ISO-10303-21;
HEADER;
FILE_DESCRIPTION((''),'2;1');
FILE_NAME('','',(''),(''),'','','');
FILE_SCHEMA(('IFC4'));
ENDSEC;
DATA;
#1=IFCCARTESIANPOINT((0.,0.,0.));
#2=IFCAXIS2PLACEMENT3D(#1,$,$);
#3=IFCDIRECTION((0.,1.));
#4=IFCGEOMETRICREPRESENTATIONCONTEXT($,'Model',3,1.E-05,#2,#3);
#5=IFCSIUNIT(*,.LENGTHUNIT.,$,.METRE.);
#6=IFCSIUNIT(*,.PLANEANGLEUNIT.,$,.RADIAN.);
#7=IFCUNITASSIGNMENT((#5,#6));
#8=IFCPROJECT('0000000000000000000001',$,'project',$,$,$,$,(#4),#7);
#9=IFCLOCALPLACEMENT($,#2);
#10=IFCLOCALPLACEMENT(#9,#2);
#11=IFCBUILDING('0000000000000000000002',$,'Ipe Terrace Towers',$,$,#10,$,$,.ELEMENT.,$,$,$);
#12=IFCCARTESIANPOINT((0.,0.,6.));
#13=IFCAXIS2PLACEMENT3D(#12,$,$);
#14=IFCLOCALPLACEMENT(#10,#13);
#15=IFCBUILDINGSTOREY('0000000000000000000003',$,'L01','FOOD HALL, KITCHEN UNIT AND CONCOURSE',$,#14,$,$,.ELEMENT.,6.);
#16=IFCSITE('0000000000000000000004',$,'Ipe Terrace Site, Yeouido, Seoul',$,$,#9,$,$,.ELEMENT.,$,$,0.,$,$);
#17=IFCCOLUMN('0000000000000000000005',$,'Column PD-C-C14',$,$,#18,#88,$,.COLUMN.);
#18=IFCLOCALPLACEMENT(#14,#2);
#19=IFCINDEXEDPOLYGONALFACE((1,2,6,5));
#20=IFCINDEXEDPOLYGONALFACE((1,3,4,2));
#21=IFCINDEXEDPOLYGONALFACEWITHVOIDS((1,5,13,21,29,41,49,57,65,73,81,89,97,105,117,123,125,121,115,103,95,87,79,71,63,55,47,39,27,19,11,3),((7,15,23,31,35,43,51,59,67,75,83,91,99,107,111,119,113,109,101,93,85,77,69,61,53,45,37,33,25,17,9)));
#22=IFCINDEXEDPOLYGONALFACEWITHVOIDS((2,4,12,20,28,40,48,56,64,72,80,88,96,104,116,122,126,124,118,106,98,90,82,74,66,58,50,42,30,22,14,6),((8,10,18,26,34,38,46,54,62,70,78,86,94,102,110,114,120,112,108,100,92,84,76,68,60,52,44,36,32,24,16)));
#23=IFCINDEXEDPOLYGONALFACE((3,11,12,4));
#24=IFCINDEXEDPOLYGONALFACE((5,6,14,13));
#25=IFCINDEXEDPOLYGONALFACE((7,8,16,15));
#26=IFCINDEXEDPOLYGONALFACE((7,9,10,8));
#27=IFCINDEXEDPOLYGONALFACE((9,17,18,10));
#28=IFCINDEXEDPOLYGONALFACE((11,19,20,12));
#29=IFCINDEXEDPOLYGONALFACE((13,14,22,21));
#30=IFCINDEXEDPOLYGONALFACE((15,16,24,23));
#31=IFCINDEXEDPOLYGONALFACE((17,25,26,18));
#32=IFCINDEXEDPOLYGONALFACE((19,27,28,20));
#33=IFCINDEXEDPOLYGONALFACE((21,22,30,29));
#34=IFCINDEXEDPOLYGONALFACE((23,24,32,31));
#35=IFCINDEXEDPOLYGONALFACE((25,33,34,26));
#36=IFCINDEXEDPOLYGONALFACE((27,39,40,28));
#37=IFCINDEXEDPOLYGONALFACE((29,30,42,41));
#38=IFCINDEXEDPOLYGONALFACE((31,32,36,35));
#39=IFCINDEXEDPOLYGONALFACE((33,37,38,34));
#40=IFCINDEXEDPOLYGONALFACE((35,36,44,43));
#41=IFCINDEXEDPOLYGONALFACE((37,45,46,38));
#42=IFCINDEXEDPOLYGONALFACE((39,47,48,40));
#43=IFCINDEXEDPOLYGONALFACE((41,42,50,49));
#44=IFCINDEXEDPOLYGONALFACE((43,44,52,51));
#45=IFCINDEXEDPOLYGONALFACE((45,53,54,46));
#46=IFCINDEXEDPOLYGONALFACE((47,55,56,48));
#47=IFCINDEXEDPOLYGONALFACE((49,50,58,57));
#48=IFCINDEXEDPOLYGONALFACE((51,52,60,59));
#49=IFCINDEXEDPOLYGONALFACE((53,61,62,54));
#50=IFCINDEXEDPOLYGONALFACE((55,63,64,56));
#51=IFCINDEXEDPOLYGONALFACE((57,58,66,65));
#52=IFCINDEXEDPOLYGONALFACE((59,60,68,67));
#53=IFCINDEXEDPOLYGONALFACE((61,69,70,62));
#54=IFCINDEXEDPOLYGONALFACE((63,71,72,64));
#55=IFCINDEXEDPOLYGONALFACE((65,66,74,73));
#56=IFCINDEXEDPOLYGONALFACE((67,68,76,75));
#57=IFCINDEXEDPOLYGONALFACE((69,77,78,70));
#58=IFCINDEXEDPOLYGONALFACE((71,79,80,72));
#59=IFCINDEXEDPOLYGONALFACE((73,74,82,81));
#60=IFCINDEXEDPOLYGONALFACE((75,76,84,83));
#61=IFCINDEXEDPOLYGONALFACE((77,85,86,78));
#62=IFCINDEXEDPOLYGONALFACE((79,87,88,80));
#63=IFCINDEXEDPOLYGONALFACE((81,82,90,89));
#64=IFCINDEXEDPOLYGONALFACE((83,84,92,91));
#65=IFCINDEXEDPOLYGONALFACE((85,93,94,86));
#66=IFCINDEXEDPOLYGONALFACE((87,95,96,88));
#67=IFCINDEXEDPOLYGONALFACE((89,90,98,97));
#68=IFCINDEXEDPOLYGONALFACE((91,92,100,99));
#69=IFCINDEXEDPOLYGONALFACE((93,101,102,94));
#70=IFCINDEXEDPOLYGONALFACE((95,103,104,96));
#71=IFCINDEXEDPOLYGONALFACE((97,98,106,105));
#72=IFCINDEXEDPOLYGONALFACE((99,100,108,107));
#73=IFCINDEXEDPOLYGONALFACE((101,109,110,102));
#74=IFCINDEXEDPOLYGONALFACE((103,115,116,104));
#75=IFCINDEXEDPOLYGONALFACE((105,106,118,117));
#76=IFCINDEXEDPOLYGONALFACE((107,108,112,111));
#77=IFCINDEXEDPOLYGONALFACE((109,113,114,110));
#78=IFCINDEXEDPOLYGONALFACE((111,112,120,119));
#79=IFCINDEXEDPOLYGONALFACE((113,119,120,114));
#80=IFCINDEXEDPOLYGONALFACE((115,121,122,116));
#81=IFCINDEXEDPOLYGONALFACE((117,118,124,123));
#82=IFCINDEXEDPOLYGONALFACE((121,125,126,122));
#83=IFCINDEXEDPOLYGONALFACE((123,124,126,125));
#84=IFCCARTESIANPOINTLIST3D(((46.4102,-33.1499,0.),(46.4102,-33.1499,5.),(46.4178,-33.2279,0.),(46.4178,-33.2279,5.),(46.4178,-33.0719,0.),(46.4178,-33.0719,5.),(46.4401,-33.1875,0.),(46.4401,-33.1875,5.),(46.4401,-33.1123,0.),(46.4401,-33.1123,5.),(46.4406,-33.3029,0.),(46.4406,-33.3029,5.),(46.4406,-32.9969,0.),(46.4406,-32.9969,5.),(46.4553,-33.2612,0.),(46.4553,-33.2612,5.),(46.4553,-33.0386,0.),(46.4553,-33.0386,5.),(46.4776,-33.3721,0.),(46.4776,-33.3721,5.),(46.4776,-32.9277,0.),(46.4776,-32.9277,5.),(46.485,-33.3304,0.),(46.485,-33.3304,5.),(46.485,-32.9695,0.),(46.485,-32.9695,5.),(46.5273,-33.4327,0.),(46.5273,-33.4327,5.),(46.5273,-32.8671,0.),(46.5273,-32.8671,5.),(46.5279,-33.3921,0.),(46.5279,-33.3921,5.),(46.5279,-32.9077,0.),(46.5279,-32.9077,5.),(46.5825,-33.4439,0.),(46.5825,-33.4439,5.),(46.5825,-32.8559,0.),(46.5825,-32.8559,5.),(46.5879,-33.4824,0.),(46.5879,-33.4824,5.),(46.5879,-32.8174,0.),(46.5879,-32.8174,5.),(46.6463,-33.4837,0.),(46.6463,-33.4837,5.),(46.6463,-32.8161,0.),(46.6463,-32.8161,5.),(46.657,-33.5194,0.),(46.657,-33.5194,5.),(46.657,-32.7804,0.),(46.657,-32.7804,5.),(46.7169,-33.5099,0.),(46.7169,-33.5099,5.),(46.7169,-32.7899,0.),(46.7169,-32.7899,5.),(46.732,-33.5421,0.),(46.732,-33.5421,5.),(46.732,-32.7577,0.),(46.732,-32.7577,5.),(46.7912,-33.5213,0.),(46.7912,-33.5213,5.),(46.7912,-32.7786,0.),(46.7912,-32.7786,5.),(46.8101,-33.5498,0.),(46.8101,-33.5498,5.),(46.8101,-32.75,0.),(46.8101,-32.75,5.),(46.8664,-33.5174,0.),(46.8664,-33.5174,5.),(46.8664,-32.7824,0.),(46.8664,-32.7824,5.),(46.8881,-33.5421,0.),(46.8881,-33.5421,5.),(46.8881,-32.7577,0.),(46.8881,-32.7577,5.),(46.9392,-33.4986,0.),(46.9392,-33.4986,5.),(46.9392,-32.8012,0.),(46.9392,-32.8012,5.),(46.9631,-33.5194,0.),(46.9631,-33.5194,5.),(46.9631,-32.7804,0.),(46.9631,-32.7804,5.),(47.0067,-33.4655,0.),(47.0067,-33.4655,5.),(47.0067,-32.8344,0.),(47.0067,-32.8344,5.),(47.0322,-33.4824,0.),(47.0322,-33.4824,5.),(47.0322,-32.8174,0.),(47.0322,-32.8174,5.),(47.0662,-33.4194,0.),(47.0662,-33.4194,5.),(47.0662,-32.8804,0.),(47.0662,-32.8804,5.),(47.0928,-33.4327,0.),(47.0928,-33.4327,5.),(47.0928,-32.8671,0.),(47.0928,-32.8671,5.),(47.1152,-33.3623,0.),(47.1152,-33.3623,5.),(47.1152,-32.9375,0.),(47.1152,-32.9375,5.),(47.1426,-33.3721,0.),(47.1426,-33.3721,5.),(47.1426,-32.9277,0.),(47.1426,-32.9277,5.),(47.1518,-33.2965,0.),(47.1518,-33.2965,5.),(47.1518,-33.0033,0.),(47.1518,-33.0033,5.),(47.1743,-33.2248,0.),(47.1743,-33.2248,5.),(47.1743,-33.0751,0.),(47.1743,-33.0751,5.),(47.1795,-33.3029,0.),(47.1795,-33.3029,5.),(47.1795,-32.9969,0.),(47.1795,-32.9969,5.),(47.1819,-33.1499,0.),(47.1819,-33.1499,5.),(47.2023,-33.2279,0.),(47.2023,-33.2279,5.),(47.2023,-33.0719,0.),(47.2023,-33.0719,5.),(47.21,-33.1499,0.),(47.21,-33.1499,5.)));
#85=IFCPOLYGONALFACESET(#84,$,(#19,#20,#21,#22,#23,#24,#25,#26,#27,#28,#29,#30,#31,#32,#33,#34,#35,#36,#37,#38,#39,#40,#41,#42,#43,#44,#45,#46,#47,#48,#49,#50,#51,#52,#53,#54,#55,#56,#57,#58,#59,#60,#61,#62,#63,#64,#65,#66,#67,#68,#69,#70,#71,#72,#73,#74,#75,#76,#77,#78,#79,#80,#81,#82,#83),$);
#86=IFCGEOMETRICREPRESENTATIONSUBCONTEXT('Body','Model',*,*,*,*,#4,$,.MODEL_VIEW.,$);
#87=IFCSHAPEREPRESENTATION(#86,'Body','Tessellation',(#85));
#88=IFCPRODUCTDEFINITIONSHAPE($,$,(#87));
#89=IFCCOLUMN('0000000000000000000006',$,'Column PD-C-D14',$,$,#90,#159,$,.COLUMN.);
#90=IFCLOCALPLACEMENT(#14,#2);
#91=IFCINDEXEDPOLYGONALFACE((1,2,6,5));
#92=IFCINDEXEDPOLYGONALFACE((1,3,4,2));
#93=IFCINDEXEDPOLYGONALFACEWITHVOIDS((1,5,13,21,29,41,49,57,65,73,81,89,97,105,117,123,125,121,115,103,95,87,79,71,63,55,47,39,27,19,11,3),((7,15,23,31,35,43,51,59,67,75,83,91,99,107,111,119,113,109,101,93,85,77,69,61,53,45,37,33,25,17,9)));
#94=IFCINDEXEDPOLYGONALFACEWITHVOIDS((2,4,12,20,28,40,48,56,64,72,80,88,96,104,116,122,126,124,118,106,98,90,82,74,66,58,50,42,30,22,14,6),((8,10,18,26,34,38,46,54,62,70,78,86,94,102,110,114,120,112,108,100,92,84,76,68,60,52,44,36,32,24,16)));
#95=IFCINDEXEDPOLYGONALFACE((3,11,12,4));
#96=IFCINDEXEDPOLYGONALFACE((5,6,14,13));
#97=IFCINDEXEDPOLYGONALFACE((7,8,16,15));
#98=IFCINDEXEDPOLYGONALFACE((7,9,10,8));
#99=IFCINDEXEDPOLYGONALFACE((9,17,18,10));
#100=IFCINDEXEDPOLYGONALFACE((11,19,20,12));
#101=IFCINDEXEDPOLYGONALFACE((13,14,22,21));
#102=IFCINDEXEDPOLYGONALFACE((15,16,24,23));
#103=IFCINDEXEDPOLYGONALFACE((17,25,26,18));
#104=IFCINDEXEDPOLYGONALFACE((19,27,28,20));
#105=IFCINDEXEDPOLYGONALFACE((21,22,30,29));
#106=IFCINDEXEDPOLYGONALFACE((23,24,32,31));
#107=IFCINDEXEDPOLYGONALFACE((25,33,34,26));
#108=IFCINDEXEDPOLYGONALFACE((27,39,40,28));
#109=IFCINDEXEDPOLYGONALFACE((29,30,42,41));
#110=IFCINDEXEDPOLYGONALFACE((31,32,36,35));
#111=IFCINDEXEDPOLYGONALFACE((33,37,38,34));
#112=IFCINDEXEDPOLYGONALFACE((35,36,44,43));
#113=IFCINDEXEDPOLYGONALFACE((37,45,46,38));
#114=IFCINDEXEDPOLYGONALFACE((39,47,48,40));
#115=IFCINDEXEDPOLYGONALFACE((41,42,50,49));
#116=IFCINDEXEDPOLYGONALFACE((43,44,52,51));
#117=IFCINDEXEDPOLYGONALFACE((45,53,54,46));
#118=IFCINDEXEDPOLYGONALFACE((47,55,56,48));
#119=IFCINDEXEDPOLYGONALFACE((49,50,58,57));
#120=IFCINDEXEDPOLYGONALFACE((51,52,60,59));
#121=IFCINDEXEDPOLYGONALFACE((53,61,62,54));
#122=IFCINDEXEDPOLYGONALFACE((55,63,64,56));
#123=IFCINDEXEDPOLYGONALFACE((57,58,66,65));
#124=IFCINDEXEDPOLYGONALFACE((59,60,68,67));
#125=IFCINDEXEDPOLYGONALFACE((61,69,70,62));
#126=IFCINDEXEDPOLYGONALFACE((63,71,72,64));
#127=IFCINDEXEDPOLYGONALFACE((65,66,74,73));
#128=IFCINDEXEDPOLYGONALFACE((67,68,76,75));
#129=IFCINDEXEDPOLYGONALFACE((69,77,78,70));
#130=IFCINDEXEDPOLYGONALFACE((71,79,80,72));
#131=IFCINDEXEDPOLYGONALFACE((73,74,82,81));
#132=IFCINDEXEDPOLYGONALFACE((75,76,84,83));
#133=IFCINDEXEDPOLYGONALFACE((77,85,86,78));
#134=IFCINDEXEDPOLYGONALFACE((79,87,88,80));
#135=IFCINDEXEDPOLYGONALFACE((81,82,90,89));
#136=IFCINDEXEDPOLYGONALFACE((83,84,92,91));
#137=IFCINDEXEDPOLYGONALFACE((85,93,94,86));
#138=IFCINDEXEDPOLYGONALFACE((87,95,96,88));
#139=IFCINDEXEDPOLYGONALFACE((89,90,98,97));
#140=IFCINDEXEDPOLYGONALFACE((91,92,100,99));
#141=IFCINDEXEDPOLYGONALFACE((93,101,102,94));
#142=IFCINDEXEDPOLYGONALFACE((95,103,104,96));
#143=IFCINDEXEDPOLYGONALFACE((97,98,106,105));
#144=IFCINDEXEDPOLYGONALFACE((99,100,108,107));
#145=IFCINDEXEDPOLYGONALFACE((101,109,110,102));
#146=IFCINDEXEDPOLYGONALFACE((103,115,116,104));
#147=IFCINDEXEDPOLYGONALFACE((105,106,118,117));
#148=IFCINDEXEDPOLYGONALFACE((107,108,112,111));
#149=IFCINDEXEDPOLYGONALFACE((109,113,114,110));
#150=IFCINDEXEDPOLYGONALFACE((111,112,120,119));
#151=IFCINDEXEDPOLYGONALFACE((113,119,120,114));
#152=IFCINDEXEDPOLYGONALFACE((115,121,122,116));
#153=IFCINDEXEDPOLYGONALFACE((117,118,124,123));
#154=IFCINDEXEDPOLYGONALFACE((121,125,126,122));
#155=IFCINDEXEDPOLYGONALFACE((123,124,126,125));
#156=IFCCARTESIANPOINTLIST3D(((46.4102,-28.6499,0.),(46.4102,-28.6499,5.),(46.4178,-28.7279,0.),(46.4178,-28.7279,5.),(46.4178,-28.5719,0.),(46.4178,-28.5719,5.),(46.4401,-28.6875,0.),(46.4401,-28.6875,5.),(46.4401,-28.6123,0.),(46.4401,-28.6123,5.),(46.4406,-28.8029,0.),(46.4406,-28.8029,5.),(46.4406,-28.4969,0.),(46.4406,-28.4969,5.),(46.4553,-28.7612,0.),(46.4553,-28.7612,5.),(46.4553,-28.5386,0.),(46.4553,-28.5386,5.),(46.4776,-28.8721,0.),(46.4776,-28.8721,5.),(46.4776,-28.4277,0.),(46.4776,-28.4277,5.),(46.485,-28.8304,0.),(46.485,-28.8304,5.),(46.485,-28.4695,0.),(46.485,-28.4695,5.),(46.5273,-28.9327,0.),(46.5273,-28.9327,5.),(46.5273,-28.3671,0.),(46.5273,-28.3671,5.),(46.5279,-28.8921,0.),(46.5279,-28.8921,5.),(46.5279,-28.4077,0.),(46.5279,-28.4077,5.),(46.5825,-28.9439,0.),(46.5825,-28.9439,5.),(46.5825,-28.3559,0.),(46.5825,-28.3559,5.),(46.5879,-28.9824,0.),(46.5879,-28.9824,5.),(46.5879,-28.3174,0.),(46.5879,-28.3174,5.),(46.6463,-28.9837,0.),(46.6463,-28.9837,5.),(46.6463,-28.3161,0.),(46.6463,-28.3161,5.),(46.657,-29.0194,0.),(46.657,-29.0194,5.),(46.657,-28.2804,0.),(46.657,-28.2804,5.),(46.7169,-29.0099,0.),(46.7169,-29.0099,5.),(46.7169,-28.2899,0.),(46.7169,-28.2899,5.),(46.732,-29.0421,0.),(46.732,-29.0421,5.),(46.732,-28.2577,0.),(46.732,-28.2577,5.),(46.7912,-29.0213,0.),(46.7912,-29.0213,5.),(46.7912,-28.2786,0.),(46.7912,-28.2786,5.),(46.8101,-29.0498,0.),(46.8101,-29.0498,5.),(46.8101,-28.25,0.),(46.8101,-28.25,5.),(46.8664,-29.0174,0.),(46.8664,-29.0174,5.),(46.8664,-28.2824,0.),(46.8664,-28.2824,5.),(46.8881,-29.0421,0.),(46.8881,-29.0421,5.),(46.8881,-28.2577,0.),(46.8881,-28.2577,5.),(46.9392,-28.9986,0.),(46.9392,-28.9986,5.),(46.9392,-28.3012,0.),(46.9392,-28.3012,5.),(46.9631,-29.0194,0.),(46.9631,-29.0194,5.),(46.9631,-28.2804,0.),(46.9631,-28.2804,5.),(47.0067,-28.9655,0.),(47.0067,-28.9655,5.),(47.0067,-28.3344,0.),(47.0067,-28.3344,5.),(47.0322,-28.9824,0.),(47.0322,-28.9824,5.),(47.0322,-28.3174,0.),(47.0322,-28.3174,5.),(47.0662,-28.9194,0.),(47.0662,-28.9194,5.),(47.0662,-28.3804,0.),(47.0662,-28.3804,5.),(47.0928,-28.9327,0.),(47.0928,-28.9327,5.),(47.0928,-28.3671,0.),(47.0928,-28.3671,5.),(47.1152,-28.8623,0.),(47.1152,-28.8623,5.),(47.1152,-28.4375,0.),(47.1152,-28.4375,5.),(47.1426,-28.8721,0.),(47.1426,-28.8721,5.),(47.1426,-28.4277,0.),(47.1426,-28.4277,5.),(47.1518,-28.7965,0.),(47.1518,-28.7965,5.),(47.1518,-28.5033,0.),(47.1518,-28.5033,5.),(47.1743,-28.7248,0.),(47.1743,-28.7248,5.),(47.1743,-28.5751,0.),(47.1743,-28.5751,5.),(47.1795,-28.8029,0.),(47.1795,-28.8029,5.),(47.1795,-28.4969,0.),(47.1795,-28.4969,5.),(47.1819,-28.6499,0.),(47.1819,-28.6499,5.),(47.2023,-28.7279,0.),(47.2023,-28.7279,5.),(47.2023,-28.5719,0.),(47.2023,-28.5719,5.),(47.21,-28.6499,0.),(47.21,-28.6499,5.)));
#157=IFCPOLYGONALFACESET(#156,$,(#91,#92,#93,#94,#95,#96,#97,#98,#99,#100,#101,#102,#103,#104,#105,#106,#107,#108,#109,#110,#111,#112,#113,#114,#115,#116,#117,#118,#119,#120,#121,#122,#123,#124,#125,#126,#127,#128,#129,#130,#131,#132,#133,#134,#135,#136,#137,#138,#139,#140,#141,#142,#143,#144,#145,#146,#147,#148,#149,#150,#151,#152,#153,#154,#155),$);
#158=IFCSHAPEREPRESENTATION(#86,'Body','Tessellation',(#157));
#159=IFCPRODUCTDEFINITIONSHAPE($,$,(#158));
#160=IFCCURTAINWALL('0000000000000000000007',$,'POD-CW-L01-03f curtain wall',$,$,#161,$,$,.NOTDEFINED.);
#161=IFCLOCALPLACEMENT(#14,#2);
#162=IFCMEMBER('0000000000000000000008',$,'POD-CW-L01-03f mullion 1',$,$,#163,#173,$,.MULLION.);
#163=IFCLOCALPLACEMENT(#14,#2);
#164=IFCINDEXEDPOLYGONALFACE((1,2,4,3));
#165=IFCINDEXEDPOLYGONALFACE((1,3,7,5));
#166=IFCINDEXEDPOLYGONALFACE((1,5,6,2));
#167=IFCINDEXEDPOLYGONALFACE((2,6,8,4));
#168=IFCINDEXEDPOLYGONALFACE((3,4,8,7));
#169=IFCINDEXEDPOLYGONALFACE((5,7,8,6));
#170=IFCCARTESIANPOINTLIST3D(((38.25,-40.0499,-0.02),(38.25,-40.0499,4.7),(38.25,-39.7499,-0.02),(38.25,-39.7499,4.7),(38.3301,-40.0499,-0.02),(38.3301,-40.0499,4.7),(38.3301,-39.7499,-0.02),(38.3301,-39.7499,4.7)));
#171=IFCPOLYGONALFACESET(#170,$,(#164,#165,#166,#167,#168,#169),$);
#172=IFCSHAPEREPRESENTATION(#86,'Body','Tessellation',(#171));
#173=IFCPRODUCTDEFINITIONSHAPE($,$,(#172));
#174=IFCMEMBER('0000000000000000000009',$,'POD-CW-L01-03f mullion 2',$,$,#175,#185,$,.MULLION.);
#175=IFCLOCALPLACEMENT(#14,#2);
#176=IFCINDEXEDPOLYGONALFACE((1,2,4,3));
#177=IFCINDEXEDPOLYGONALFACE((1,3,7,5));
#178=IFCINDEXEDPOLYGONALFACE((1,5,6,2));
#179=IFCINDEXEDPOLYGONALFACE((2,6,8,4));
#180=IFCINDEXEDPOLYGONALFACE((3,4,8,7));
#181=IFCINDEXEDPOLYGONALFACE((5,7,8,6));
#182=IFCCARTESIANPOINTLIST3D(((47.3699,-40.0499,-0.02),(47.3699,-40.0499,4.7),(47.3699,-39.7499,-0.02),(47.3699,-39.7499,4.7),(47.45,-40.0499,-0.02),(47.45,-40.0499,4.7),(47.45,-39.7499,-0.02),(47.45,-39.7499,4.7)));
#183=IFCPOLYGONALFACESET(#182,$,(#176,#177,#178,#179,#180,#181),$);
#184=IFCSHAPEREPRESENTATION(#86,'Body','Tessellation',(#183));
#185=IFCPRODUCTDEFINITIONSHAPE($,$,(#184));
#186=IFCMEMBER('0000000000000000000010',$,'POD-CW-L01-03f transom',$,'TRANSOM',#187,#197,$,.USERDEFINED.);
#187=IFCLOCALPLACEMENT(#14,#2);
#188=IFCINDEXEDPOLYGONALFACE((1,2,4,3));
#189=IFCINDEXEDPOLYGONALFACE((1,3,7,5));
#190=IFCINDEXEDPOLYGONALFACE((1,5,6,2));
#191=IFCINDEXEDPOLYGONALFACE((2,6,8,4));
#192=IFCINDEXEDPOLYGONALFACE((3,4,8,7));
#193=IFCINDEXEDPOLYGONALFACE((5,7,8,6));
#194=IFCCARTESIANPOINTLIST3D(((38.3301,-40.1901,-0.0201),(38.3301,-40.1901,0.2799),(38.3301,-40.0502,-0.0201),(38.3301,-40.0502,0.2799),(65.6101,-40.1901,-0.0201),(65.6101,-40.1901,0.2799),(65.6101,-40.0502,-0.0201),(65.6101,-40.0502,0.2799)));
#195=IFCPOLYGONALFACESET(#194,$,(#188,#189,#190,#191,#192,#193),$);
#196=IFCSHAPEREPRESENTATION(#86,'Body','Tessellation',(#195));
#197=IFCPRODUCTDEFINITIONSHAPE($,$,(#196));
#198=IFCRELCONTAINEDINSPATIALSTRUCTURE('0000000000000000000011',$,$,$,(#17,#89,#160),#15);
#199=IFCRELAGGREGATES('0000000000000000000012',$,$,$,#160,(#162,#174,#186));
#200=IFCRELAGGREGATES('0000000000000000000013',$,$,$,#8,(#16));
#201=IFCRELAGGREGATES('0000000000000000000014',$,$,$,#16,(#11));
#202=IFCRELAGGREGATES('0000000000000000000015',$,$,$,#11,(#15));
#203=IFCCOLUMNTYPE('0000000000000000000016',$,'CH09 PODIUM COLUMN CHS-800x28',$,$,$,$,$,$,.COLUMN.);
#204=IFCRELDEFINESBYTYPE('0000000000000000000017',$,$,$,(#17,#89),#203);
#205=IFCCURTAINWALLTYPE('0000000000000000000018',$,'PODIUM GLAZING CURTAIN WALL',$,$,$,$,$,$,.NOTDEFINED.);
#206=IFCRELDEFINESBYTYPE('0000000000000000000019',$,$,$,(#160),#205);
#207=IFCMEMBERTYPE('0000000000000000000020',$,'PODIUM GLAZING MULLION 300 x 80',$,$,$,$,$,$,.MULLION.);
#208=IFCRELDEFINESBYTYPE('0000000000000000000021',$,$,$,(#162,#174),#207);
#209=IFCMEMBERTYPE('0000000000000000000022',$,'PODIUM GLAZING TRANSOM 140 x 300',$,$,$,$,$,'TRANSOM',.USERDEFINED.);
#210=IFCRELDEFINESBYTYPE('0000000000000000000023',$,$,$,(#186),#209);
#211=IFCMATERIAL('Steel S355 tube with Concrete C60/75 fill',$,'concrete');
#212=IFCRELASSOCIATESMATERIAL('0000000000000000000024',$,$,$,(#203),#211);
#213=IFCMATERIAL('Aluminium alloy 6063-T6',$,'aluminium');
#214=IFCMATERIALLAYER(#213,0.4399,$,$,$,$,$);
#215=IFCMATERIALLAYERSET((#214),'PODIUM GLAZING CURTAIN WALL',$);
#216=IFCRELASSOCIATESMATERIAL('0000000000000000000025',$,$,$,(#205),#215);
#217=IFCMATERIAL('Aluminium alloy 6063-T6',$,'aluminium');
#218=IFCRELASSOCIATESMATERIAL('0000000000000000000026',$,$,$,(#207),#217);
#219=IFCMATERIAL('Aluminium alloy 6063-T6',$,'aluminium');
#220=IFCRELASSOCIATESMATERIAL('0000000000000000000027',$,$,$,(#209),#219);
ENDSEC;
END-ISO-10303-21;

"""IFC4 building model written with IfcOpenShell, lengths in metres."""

from ifc_helpers import new_model, si_unit, direction, frame, origin, origin_2d, place, context, subcontext, project, spatial, rectangle, hollow_circle, extrude, material, layer, layer_set, material_profile, profile_set, type_object, element, aggregate, save


model = new_model("IFC4")

# Units and contexts
model_context = context("Model", 3, precision=1e-05, world=origin(), true_north=direction((0.0, 1.0)))
body_context = subcontext(model_context, "Body", "Model", "MODEL_VIEW")
ifc_project = project(units=[si_unit("LENGTHUNIT", "METRE"), si_unit("PLANEANGLEUNIT", "RADIAN")], contexts=[model_context])

# Site, building, storey
site_placement = place(None, origin())
site = spatial("IfcSite", under=ifc_project, at=site_placement, Name="Ipe Terrace Site, Yeouido, Seoul", CompositionType="ELEMENT", RefElevation=0.0)
building_placement = place(site_placement, origin())
building = spatial("IfcBuilding", under=site, at=building_placement, Name="Ipe Terrace Towers", CompositionType="ELEMENT")
storey_placement = place(building_placement, frame((0.0, 0.0, 6.0)))
storey = spatial("IfcBuildingStorey", under=building, at=storey_placement, Name="L01", Description="FOOD HALL, KITCHEN UNIT AND CONCOURSE", CompositionType="ELEMENT", Elevation=6.0)

# Columns
ifc_material_1 = material(Name="Steel S355 tube with Concrete C60/75 fill", Category="concrete")
ifc_material_profile_1 = material_profile(ifc_material_1, hollow_circle(Radius=0.3999, WallThickness=0.0281, at=origin_2d()), Name="CHS-800x28")
ifc_profile_set_1 = profile_set([ifc_material_profile_1], Name="Steel S355 tube with Concrete C60/75 fill")
column_type_1 = type_object("IfcColumnType", Name="CH09 PODIUM COLUMN CHS-800x28", PredefinedType="COLUMN", material=ifc_profile_set_1)
for number, where, z_axis, x_axis, name in (
    (1, (46.8101, -33.1499, 0.0), (0.0, 0.0, 1.0), (1.0, 0.0, 0.0), "Column PD-C-C14"),
    (2, (46.8101, -28.6499, 0.0), (0.0, 0.0, 1.0), (1.0, 0.0, 0.0), "Column PD-C-D14"),
):
    element("IfcColumn", number, at=place(storey_placement, frame(where, z_axis=z_axis, x_axis=x_axis)), inside=storey, type_object=column_type_1, Name=name, PredefinedType="COLUMN", context=body_context, shape_type="SweptSolid", body=[
        extrude(hollow_circle(Radius=0.3999, WallThickness=0.0281, at=origin_2d()), origin(), (0.0, 0.0, 1.0), 5.0),
    ])

# Curtain wall, members
ifc_material_2 = material(Name="Aluminium alloy 6063-T6", Category="aluminium")
ifc_layer_1 = layer(ifc_material_2, 0.4399)
ifc_layer_set_1 = layer_set([ifc_layer_1], Name="PODIUM GLAZING CURTAIN WALL")
curtain_wall_type = type_object("IfcCurtainWallType", Name="PODIUM GLAZING CURTAIN WALL", PredefinedType="NOTDEFINED", material=ifc_layer_set_1)
curtain_wall_placement = place(storey_placement, origin())
curtain_wall = element("IfcCurtainWall", 3, at=curtain_wall_placement, inside=storey, type_object=curtain_wall_type, Name="POD-CW-L01-03f curtain wall", PredefinedType="NOTDEFINED")
ifc_material_3 = material(Name="Aluminium alloy 6063-T6", Category="aluminium")
ifc_material_profile_2 = material_profile(ifc_material_3, rectangle(XDim=0.3, YDim=0.0801, at=origin_2d()), Name="PODIUM GLAZING MULLION 300 x 80")
ifc_profile_set_2 = profile_set([ifc_material_profile_2], Name="Aluminium alloy 6063-T6")
member_type_1 = type_object("IfcMemberType", Name="PODIUM GLAZING MULLION 300 x 80", PredefinedType="MULLION", material=ifc_profile_set_2)
member_1_placement = place(storey_placement, frame((38.29, -39.8999, -0.02), z_axis=(0.0, 0.0, 1.0), x_axis=(0.0, -1.0, 0.0)))
member_1 = element("IfcMember", 4, at=member_1_placement, type_object=member_type_1, Name="POD-CW-L01-03f mullion 1", PredefinedType="MULLION", context=body_context, shape_type="SweptSolid", body=[
    extrude(rectangle(XDim=0.3, YDim=0.0801, at=origin_2d()), origin(), (0.0, 0.0, 1.0), 4.72),
])
member_2_placement = place(storey_placement, frame((47.4099, -39.8999, -0.02), z_axis=(0.0, 0.0, 1.0), x_axis=(0.0, -1.0, 0.0)))
member_2 = element("IfcMember", 5, at=member_2_placement, type_object=member_type_1, Name="POD-CW-L01-03f mullion 2", PredefinedType="MULLION", context=body_context, shape_type="SweptSolid", body=[
    extrude(rectangle(XDim=0.3, YDim=0.0801, at=origin_2d()), origin(), (0.0, 0.0, 1.0), 4.72),
])
ifc_material_4 = material(Name="Aluminium alloy 6063-T6", Category="aluminium")
ifc_material_profile_3 = material_profile(ifc_material_4, rectangle(XDim=0.1399, YDim=0.3, at=origin_2d()), Name="PODIUM GLAZING TRANSOM 140 x 300")
ifc_profile_set_3 = profile_set([ifc_material_profile_3], Name="Aluminium alloy 6063-T6")
member_type_2 = type_object("IfcMemberType", Name="PODIUM GLAZING TRANSOM 140 x 300", ElementType="TRANSOM", PredefinedType="USERDEFINED", material=ifc_profile_set_3)
member_3_placement = place(storey_placement, frame((38.3301, -40.1201, 0.1299), z_axis=(1.0, 0.0, 0.0), x_axis=(0.0, -1.0, 0.0)))
member_3 = element("IfcMember", 6, at=member_3_placement, type_object=member_type_2, Name="POD-CW-L01-03f transom", ObjectType="TRANSOM", PredefinedType="USERDEFINED", context=body_context, shape_type="SweptSolid", body=[
    extrude(rectangle(XDim=0.1399, YDim=0.3, at=origin_2d()), origin(), (0.0, 0.0, 1.0), 27.28),
])
aggregate(curtain_wall, [member_1, member_2, member_3])

save(model, "model.ifc")
